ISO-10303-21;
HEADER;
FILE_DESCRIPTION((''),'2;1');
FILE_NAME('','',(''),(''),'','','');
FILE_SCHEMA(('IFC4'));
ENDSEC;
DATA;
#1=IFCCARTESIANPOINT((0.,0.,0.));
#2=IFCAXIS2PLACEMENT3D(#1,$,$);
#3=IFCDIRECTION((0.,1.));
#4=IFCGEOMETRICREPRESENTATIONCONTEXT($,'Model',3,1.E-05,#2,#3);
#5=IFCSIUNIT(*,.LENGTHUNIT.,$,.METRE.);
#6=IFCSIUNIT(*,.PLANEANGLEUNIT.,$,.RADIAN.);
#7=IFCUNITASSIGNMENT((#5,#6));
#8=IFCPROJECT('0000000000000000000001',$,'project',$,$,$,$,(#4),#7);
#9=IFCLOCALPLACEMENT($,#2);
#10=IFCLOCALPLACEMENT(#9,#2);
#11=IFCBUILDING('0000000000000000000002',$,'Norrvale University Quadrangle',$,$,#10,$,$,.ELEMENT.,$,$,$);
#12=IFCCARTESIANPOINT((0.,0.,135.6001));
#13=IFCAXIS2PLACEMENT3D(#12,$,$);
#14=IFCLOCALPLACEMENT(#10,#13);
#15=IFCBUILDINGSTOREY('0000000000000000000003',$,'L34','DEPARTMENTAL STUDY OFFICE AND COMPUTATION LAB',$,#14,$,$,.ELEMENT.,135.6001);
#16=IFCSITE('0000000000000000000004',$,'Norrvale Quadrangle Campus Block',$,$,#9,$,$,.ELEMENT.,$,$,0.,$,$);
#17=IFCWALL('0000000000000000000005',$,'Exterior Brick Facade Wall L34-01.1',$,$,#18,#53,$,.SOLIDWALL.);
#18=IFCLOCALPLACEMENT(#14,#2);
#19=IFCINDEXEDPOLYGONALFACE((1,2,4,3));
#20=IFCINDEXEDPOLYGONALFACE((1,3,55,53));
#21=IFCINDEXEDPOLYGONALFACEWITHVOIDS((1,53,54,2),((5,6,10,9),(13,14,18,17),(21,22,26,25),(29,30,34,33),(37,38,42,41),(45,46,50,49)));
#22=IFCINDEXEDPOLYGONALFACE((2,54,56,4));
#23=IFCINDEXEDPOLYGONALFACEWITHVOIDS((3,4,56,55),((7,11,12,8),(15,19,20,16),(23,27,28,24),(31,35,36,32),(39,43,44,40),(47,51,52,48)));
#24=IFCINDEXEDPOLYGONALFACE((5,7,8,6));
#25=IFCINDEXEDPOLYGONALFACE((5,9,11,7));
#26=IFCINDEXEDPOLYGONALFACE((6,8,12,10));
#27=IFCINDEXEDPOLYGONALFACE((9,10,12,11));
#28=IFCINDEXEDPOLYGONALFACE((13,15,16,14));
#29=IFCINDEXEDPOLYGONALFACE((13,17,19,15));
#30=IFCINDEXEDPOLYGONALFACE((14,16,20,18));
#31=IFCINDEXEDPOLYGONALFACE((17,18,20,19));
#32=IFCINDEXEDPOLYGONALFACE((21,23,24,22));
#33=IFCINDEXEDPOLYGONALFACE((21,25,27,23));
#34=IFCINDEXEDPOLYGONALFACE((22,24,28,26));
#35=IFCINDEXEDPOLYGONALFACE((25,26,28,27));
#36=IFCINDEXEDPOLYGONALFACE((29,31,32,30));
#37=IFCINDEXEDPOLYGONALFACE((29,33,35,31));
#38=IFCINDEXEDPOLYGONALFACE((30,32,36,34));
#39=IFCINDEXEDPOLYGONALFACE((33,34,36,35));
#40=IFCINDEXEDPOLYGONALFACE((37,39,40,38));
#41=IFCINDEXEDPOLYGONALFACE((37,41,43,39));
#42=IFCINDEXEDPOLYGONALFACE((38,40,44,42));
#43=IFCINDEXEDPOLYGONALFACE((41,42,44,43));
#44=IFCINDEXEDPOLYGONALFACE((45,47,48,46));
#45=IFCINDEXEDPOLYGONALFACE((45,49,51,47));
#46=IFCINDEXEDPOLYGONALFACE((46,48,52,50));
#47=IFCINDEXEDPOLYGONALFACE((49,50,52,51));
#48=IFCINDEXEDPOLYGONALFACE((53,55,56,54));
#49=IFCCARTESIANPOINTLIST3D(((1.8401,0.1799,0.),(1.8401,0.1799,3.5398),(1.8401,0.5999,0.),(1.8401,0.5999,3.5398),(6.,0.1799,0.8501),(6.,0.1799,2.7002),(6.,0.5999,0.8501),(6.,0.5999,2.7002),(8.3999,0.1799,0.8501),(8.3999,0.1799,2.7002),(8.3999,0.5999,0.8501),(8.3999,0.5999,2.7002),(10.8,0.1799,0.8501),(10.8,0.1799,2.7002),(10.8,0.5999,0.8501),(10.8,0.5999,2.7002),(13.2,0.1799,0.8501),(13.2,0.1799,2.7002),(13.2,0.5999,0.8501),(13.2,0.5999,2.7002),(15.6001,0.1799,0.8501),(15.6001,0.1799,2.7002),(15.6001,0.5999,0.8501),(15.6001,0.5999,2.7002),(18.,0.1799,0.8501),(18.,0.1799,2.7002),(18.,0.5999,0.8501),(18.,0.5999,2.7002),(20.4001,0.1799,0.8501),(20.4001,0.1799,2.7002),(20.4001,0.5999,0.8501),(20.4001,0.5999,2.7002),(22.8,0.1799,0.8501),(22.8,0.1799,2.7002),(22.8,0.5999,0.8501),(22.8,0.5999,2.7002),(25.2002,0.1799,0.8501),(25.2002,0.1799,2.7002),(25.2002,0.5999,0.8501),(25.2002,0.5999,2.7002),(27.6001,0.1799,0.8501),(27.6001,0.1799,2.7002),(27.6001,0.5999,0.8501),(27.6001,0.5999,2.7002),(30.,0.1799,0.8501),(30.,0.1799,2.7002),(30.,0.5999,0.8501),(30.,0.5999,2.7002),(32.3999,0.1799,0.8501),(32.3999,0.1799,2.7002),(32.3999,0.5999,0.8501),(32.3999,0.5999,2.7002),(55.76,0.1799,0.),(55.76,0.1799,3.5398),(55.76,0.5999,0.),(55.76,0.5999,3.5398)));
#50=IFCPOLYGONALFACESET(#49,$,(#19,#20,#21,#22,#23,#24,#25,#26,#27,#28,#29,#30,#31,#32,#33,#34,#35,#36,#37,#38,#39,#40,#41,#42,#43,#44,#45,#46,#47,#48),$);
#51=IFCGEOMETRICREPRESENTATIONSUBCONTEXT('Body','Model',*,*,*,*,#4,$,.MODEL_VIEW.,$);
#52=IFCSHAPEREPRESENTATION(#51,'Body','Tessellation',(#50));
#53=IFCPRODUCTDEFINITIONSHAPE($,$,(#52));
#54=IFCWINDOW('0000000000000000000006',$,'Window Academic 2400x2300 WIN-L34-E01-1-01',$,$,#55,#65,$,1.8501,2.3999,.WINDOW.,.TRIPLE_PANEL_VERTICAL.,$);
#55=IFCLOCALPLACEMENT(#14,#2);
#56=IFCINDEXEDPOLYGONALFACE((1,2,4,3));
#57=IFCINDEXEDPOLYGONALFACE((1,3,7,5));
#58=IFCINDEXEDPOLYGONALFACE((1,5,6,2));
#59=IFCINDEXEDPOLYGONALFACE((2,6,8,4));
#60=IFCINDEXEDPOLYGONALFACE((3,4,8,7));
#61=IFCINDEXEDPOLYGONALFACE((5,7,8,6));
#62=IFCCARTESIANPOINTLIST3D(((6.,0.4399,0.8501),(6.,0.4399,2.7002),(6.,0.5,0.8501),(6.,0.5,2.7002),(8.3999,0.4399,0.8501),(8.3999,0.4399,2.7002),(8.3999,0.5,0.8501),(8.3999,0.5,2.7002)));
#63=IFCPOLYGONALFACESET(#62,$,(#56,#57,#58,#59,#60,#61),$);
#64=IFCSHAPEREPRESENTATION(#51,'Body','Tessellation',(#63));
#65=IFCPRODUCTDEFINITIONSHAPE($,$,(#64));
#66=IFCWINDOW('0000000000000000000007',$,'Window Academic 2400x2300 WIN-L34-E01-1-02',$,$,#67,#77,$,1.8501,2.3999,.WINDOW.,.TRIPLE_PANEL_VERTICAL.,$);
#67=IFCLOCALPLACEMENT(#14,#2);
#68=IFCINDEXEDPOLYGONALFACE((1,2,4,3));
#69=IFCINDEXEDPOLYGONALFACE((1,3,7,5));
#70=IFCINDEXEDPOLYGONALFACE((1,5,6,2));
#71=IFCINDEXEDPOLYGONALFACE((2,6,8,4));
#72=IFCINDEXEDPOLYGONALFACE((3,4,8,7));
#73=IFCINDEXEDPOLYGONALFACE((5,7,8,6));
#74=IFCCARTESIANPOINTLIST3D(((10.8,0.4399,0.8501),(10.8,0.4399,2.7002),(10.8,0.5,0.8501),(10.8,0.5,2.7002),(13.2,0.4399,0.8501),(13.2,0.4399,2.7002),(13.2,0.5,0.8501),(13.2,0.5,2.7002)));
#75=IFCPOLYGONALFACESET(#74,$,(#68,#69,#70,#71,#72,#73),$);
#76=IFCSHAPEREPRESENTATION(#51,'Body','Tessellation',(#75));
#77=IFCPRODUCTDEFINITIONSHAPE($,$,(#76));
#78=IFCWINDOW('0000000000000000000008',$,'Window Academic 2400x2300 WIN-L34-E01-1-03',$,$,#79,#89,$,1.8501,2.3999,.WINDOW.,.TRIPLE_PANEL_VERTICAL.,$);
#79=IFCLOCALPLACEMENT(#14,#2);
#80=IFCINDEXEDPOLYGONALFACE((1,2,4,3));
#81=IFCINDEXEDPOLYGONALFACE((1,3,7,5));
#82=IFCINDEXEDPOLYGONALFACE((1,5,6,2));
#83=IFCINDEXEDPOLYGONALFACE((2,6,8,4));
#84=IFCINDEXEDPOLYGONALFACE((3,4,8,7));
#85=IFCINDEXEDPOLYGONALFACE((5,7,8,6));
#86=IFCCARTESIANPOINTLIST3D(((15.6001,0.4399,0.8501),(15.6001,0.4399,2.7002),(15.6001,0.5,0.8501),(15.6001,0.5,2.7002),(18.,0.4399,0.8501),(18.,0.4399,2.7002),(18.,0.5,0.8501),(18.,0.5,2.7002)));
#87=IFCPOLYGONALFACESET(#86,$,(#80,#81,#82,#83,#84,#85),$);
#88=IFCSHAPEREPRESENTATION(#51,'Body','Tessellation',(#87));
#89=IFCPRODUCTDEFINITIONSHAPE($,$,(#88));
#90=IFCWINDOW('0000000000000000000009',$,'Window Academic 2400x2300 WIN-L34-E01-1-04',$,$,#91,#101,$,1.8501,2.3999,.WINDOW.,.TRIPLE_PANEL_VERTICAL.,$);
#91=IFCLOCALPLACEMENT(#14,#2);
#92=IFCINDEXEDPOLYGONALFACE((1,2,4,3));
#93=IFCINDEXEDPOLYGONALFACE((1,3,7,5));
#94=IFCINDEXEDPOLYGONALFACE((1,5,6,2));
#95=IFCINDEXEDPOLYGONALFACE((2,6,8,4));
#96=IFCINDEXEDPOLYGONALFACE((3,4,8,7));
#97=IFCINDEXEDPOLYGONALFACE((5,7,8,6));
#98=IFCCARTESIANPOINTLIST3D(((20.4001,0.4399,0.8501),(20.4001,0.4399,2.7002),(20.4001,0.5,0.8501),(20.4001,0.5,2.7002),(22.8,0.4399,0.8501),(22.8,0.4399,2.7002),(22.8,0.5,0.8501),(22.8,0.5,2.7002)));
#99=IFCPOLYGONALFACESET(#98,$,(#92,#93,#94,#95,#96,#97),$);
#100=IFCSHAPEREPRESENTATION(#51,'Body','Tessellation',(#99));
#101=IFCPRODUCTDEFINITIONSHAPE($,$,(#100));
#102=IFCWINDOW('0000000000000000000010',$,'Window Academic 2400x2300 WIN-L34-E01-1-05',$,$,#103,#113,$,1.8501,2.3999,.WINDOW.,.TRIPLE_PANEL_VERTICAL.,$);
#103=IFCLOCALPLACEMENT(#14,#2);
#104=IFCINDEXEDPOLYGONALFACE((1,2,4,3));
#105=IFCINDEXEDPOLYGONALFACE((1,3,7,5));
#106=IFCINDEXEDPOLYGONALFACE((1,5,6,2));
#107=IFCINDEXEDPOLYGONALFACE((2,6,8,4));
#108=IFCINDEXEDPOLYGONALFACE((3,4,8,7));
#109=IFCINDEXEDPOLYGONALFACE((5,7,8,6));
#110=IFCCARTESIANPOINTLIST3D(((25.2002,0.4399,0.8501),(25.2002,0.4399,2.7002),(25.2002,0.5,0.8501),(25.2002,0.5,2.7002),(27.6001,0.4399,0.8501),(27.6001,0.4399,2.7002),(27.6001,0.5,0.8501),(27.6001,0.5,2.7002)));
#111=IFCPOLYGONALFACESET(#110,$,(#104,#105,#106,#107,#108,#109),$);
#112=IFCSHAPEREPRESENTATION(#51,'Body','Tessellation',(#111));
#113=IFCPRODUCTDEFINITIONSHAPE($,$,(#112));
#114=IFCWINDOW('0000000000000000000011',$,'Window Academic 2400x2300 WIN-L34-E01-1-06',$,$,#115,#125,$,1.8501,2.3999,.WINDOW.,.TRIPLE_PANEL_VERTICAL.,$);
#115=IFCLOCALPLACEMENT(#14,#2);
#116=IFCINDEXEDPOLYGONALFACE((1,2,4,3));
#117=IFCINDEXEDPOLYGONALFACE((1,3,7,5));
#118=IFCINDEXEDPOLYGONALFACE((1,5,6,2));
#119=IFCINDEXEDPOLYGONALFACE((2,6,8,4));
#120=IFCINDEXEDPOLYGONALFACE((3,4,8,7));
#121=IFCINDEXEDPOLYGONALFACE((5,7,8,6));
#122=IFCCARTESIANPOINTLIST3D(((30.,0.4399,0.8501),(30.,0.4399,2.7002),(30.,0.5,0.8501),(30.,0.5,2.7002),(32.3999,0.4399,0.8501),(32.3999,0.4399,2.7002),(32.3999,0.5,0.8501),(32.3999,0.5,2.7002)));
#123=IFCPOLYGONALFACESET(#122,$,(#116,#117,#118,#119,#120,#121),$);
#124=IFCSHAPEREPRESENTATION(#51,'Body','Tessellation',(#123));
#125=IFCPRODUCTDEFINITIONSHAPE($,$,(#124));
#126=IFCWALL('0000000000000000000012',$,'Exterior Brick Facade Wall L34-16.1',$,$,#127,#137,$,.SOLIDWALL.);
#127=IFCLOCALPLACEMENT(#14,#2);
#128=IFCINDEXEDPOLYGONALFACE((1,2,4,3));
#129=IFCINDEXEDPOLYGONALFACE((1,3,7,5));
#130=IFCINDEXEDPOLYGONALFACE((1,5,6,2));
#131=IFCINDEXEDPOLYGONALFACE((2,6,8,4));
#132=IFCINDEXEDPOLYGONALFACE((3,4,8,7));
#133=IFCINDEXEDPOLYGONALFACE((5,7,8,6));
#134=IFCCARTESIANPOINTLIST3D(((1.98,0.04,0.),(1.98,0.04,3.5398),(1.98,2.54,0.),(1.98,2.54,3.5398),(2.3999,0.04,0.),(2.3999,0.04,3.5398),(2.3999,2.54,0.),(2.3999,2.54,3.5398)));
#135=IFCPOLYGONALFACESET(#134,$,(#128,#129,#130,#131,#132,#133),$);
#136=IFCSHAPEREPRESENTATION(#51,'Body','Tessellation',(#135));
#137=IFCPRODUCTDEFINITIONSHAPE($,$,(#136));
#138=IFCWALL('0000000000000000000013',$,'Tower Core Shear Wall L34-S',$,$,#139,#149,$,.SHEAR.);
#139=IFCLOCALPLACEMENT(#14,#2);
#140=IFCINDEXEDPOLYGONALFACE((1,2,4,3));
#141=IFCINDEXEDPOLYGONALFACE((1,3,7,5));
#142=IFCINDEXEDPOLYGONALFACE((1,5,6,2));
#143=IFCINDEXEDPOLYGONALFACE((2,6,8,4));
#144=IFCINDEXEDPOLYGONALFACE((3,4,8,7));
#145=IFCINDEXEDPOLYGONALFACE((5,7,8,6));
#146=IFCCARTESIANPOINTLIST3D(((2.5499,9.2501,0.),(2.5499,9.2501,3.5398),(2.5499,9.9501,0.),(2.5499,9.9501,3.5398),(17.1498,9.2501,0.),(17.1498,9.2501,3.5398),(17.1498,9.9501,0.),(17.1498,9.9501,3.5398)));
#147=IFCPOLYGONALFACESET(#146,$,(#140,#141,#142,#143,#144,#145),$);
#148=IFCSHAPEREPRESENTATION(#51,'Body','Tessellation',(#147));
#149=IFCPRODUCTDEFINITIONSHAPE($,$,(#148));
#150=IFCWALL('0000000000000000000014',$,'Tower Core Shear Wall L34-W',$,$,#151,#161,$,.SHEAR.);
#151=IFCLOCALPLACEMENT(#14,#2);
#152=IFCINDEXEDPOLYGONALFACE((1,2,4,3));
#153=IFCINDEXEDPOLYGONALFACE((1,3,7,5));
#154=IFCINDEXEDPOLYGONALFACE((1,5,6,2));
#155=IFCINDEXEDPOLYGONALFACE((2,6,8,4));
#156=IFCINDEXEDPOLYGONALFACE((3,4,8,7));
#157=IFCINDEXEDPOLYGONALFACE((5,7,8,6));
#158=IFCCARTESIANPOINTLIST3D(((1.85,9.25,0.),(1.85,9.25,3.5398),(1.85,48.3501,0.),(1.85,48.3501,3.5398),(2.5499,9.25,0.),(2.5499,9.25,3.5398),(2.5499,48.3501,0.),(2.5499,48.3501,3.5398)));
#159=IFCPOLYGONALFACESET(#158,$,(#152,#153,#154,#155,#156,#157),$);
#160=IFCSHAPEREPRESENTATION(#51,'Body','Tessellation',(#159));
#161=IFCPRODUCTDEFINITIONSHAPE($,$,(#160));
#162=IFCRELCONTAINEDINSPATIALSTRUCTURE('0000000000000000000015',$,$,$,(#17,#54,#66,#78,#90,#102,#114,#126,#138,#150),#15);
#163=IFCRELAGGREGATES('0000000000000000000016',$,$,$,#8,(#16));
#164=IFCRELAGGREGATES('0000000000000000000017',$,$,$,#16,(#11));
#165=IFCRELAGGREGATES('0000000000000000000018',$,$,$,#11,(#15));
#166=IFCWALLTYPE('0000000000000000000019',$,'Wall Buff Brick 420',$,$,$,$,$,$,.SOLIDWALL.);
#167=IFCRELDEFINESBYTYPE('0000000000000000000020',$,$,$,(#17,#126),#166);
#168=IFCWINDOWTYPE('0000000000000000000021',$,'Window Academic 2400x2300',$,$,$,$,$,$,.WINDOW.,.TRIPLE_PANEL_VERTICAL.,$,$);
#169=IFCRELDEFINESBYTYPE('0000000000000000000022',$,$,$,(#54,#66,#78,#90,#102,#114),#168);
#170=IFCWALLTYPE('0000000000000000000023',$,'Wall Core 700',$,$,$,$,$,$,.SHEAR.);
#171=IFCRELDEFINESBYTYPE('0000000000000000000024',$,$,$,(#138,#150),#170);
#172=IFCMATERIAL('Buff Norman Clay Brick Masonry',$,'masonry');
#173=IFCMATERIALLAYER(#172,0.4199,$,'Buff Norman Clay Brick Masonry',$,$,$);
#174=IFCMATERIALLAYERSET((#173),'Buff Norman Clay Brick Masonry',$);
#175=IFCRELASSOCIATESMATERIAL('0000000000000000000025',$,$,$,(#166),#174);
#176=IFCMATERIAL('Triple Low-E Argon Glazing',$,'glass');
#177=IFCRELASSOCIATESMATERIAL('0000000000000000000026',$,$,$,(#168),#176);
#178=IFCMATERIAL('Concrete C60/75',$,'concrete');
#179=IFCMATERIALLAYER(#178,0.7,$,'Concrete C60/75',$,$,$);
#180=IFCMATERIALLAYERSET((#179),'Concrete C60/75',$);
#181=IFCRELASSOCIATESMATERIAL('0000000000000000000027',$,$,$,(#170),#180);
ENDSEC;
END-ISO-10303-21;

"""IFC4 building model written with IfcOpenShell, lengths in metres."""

from ifc_helpers import new_model, si_unit, direction, frame, frame_2d, origin, place, context, subcontext, project, spatial, rectangle, extrude, material, layer, layer_set, type_object, element, fill, save


model = new_model("IFC4")

# Units and contexts
model_context = context("Model", 3, precision=1e-05, world=origin(), true_north=direction((0.0, 1.0)))
body_context = subcontext(model_context, "Body", "Model", "MODEL_VIEW")
ifc_project = project(units=[si_unit("LENGTHUNIT", "METRE"), si_unit("PLANEANGLEUNIT", "RADIAN")], contexts=[model_context])

# Site, building, storey
site_placement = place(None, origin())
site = spatial("IfcSite", under=ifc_project, at=site_placement, Name="Norrvale Quadrangle Campus Block", CompositionType="ELEMENT", RefElevation=0.0)
building_placement = place(site_placement, origin())
building = spatial("IfcBuilding", under=site, at=building_placement, Name="Norrvale University Quadrangle", CompositionType="ELEMENT")
storey_placement = place(building_placement, frame((0.0, 0.0, 135.6001)))
storey = spatial("IfcBuildingStorey", under=building, at=storey_placement, Name="L34", Description="DEPARTMENTAL STUDY OFFICE AND COMPUTATION LAB", CompositionType="ELEMENT", Elevation=135.6001)

# Shared definitions
ifc_material_1 = material(Name="Concrete C60/75", Category="concrete")

# Wall, openings, windows
ifc_material_2 = material(Name="Buff Norman Clay Brick Masonry", Category="masonry")
ifc_layer_1 = layer(ifc_material_2, 0.4199, Name="Buff Norman Clay Brick Masonry")
ifc_layer_set_1 = layer_set([ifc_layer_1], Name="Buff Norman Clay Brick Masonry")
wall_type_1 = type_object("IfcWallType", Name="Wall Buff Brick 420", PredefinedType="SOLIDWALL", material=ifc_layer_set_1)
wall_1_placement = place(storey_placement, frame((1.8401, 0.3899, 0.0), z_axis=(0.0, 0.0, 1.0), x_axis=(1.0, 0.0, 0.0)))
wall_1 = element("IfcWall", 1, at=wall_1_placement, inside=storey, type_object=wall_type_1, Name="Exterior Brick Facade Wall L34-01.1", PredefinedType="SOLIDWALL", context=body_context, shape_type="SweptSolid", body=[
    extrude(rectangle(XDim=53.9199, YDim=0.4199, at=frame_2d((26.96, 0.0))), origin(), (0.0, 0.0, 1.0), 3.5398),
])
opening_1_placement = place(wall_1_placement, frame((4.1599, 0.0, 0.8501)))
opening_1 = element("IfcOpeningElement", 2, at=opening_1_placement, cuts=wall_1, PredefinedType="OPENING", context=body_context, shape_type="SweptSolid", body=[
    extrude(rectangle(XDim=2.3999, YDim=1.8501, at=frame_2d((1.2, 0.925))), frame((0.0, 0.2219, 0.0), z_axis=(0.0, -1.0, 0.0), x_axis=(1.0, 0.0, 0.0)), (0.0, 0.0, 1.0), 0.4438),
])
opening_2_placement = place(wall_1_placement, frame((8.96, 0.0, 0.8501)))
opening_2 = element("IfcOpeningElement", 3, at=opening_2_placement, cuts=wall_1, PredefinedType="OPENING", context=body_context, shape_type="SweptSolid", body=[
    extrude(rectangle(XDim=2.3999, YDim=1.8501, at=frame_2d((1.2, 0.925))), frame((0.0, 0.2219, 0.0), z_axis=(0.0, -1.0, 0.0), x_axis=(1.0, 0.0, 0.0)), (0.0, 0.0, 1.0), 0.4438),
])
opening_3_placement = place(wall_1_placement, frame((13.76, 0.0, 0.8501)))
opening_3 = element("IfcOpeningElement", 4, at=opening_3_placement, cuts=wall_1, PredefinedType="OPENING", context=body_context, shape_type="SweptSolid", body=[
    extrude(rectangle(XDim=2.3999, YDim=1.8501, at=frame_2d((1.2, 0.925))), frame((0.0, 0.2219, 0.0), z_axis=(0.0, -1.0, 0.0), x_axis=(1.0, 0.0, 0.0)), (0.0, 0.0, 1.0), 0.4438),
])
opening_4_placement = place(wall_1_placement, frame((18.5601, 0.0, 0.8501)))
opening_4 = element("IfcOpeningElement", 5, at=opening_4_placement, cuts=wall_1, PredefinedType="OPENING", context=body_context, shape_type="SweptSolid", body=[
    extrude(rectangle(XDim=2.3999, YDim=1.8501, at=frame_2d((1.2, 0.925))), frame((0.0, 0.2219, 0.0), z_axis=(0.0, -1.0, 0.0), x_axis=(1.0, 0.0, 0.0)), (0.0, 0.0, 1.0), 0.4438),
])
opening_5_placement = place(wall_1_placement, frame((23.3601, 0.0, 0.8501)))
opening_5 = element("IfcOpeningElement", 6, at=opening_5_placement, cuts=wall_1, PredefinedType="OPENING", context=body_context, shape_type="SweptSolid", body=[
    extrude(rectangle(XDim=2.3999, YDim=1.8501, at=frame_2d((1.2, 0.925))), frame((0.0, 0.2219, 0.0), z_axis=(0.0, -1.0, 0.0), x_axis=(1.0, 0.0, 0.0)), (0.0, 0.0, 1.0), 0.4438),
])
opening_6_placement = place(wall_1_placement, frame((28.1599, 0.0, 0.8501)))
opening_6 = element("IfcOpeningElement", 7, at=opening_6_placement, cuts=wall_1, PredefinedType="OPENING", context=body_context, shape_type="SweptSolid", body=[
    extrude(rectangle(XDim=2.3999, YDim=1.8501, at=frame_2d((1.2, 0.925))), frame((0.0, 0.2219, 0.0), z_axis=(0.0, -1.0, 0.0), x_axis=(1.0, 0.0, 0.0)), (0.0, 0.0, 1.0), 0.4438),
])
ifc_material_3 = material(Name="Triple Low-E Argon Glazing", Category="glass")
window_type = type_object("IfcWindowType", Name="Window Academic 2400x2300", PartitioningType="TRIPLE_PANEL_VERTICAL", PredefinedType="WINDOW", material=ifc_material_3)
window_1_placement = place(opening_1_placement, origin())
window_1 = element("IfcWindow", 8, at=window_1_placement, inside=storey, type_object=window_type, Name="Window Academic 2400x2300 WIN-L34-E01-1-01", OverallHeight=1.8501, OverallWidth=2.3999, PartitioningType="TRIPLE_PANEL_VERTICAL", PredefinedType="WINDOW", context=body_context, shape_type="SweptSolid", body=[
    extrude(rectangle(XDim=2.3999, YDim=1.8501, at=frame_2d((1.2, 0.925))), frame((0.0, 0.1101, 0.0), z_axis=(0.0, -1.0, 0.0), x_axis=(1.0, 0.0, 0.0)), (0.0, 0.0, 1.0), 0.0601),
])
fill(opening_1, window_1)
window_2_placement = place(opening_2_placement, origin())
window_2 = element("IfcWindow", 9, at=window_2_placement, inside=storey, type_object=window_type, Name="Window Academic 2400x2300 WIN-L34-E01-1-02", OverallHeight=1.8501, OverallWidth=2.3999, PartitioningType="TRIPLE_PANEL_VERTICAL", PredefinedType="WINDOW", context=body_context, shape_type="SweptSolid", body=[
    extrude(rectangle(XDim=2.3999, YDim=1.8501, at=frame_2d((1.2, 0.925))), frame((0.0, 0.1101, 0.0), z_axis=(0.0, -1.0, 0.0), x_axis=(1.0, 0.0, 0.0)), (0.0, 0.0, 1.0), 0.0601),
])
fill(opening_2, window_2)
window_3_placement = place(opening_3_placement, origin())
window_3 = element("IfcWindow", 10, at=window_3_placement, inside=storey, type_object=window_type, Name="Window Academic 2400x2300 WIN-L34-E01-1-03", OverallHeight=1.8501, OverallWidth=2.3999, PartitioningType="TRIPLE_PANEL_VERTICAL", PredefinedType="WINDOW", context=body_context, shape_type="SweptSolid", body=[
    extrude(rectangle(XDim=2.3999, YDim=1.8501, at=frame_2d((1.2, 0.925))), frame((0.0, 0.1101, 0.0), z_axis=(0.0, -1.0, 0.0), x_axis=(1.0, 0.0, 0.0)), (0.0, 0.0, 1.0), 0.0601),
])
fill(opening_3, window_3)
window_4_placement = place(opening_4_placement, origin())
window_4 = element("IfcWindow", 11, at=window_4_placement, inside=storey, type_object=window_type, Name="Window Academic 2400x2300 WIN-L34-E01-1-04", OverallHeight=1.8501, OverallWidth=2.3999, PartitioningType="TRIPLE_PANEL_VERTICAL", PredefinedType="WINDOW", context=body_context, shape_type="SweptSolid", body=[
    extrude(rectangle(XDim=2.3999, YDim=1.8501, at=frame_2d((1.2, 0.925))), frame((0.0, 0.1101, 0.0), z_axis=(0.0, -1.0, 0.0), x_axis=(1.0, 0.0, 0.0)), (0.0, 0.0, 1.0), 0.0601),
])
fill(opening_4, window_4)
window_5_placement = place(opening_5_placement, origin())
window_5 = element("IfcWindow", 12, at=window_5_placement, inside=storey, type_object=window_type, Name="Window Academic 2400x2300 WIN-L34-E01-1-05", OverallHeight=1.8501, OverallWidth=2.3999, PartitioningType="TRIPLE_PANEL_VERTICAL", PredefinedType="WINDOW", context=body_context, shape_type="SweptSolid", body=[
    extrude(rectangle(XDim=2.3999, YDim=1.8501, at=frame_2d((1.2, 0.925))), frame((0.0, 0.1101, 0.0), z_axis=(0.0, -1.0, 0.0), x_axis=(1.0, 0.0, 0.0)), (0.0, 0.0, 1.0), 0.0601),
])
fill(opening_5, window_5)
window_6_placement = place(opening_6_placement, origin())
window_6 = element("IfcWindow", 13, at=window_6_placement, inside=storey, type_object=window_type, Name="Window Academic 2400x2300 WIN-L34-E01-1-06", OverallHeight=1.8501, OverallWidth=2.3999, PartitioningType="TRIPLE_PANEL_VERTICAL", PredefinedType="WINDOW", context=body_context, shape_type="SweptSolid", body=[
    extrude(rectangle(XDim=2.3999, YDim=1.8501, at=frame_2d((1.2, 0.925))), frame((0.0, 0.1101, 0.0), z_axis=(0.0, -1.0, 0.0), x_axis=(1.0, 0.0, 0.0)), (0.0, 0.0, 1.0), 0.0601),
])
fill(opening_6, window_6)

# Walls
wall_2_placement = place(storey_placement, frame((2.1899, 2.54, 0.0), z_axis=(0.0, 0.0, 1.0), x_axis=(0.0, -1.0, 0.0)))
element("IfcWall", 14, at=wall_2_placement, inside=storey, type_object=wall_type_1, Name="Exterior Brick Facade Wall L34-16.1", PredefinedType="SOLIDWALL", context=body_context, shape_type="SweptSolid", body=[
    extrude(rectangle(XDim=2.5, YDim=0.4199, at=frame_2d((1.25, 0.0))), origin(), (0.0, 0.0, 1.0), 3.5398),
])
ifc_layer_2 = layer(ifc_material_1, 0.7, Name="Concrete C60/75")
ifc_layer_set_2 = layer_set([ifc_layer_2], Name="Concrete C60/75")
wall_type_2 = type_object("IfcWallType", Name="Wall Core 700", PredefinedType="SHEAR", material=ifc_layer_set_2)
wall_3_placement = place(storey_placement, frame((2.55, 9.6001, 0.0), z_axis=(0.0, 0.0, 1.0), x_axis=(1.0, 0.0, 0.0)))
element("IfcWall", 15, at=wall_3_placement, inside=storey, type_object=wall_type_2, Name="Tower Core Shear Wall L34-S", PredefinedType="SHEAR", context=body_context, shape_type="SweptSolid", body=[
    extrude(rectangle(XDim=14.5999, YDim=0.7, at=frame_2d((7.2998, 0.0))), origin(), (0.0, 0.0, 1.0), 3.5398),
])
wall_4_placement = place(storey_placement, frame((2.2, 9.25, 0.0), z_axis=(0.0, 0.0, 1.0), x_axis=(0.0, 1.0, 0.0)))
element("IfcWall", 16, at=wall_4_placement, inside=storey, type_object=wall_type_2, Name="Tower Core Shear Wall L34-W", PredefinedType="SHEAR", context=body_context, shape_type="SweptSolid", body=[
    extrude(rectangle(XDim=39.1001, YDim=0.7, at=frame_2d((19.55, 0.0))), origin(), (0.0, 0.0, 1.0), 3.5398),
])

save(model, "model.ifc")
